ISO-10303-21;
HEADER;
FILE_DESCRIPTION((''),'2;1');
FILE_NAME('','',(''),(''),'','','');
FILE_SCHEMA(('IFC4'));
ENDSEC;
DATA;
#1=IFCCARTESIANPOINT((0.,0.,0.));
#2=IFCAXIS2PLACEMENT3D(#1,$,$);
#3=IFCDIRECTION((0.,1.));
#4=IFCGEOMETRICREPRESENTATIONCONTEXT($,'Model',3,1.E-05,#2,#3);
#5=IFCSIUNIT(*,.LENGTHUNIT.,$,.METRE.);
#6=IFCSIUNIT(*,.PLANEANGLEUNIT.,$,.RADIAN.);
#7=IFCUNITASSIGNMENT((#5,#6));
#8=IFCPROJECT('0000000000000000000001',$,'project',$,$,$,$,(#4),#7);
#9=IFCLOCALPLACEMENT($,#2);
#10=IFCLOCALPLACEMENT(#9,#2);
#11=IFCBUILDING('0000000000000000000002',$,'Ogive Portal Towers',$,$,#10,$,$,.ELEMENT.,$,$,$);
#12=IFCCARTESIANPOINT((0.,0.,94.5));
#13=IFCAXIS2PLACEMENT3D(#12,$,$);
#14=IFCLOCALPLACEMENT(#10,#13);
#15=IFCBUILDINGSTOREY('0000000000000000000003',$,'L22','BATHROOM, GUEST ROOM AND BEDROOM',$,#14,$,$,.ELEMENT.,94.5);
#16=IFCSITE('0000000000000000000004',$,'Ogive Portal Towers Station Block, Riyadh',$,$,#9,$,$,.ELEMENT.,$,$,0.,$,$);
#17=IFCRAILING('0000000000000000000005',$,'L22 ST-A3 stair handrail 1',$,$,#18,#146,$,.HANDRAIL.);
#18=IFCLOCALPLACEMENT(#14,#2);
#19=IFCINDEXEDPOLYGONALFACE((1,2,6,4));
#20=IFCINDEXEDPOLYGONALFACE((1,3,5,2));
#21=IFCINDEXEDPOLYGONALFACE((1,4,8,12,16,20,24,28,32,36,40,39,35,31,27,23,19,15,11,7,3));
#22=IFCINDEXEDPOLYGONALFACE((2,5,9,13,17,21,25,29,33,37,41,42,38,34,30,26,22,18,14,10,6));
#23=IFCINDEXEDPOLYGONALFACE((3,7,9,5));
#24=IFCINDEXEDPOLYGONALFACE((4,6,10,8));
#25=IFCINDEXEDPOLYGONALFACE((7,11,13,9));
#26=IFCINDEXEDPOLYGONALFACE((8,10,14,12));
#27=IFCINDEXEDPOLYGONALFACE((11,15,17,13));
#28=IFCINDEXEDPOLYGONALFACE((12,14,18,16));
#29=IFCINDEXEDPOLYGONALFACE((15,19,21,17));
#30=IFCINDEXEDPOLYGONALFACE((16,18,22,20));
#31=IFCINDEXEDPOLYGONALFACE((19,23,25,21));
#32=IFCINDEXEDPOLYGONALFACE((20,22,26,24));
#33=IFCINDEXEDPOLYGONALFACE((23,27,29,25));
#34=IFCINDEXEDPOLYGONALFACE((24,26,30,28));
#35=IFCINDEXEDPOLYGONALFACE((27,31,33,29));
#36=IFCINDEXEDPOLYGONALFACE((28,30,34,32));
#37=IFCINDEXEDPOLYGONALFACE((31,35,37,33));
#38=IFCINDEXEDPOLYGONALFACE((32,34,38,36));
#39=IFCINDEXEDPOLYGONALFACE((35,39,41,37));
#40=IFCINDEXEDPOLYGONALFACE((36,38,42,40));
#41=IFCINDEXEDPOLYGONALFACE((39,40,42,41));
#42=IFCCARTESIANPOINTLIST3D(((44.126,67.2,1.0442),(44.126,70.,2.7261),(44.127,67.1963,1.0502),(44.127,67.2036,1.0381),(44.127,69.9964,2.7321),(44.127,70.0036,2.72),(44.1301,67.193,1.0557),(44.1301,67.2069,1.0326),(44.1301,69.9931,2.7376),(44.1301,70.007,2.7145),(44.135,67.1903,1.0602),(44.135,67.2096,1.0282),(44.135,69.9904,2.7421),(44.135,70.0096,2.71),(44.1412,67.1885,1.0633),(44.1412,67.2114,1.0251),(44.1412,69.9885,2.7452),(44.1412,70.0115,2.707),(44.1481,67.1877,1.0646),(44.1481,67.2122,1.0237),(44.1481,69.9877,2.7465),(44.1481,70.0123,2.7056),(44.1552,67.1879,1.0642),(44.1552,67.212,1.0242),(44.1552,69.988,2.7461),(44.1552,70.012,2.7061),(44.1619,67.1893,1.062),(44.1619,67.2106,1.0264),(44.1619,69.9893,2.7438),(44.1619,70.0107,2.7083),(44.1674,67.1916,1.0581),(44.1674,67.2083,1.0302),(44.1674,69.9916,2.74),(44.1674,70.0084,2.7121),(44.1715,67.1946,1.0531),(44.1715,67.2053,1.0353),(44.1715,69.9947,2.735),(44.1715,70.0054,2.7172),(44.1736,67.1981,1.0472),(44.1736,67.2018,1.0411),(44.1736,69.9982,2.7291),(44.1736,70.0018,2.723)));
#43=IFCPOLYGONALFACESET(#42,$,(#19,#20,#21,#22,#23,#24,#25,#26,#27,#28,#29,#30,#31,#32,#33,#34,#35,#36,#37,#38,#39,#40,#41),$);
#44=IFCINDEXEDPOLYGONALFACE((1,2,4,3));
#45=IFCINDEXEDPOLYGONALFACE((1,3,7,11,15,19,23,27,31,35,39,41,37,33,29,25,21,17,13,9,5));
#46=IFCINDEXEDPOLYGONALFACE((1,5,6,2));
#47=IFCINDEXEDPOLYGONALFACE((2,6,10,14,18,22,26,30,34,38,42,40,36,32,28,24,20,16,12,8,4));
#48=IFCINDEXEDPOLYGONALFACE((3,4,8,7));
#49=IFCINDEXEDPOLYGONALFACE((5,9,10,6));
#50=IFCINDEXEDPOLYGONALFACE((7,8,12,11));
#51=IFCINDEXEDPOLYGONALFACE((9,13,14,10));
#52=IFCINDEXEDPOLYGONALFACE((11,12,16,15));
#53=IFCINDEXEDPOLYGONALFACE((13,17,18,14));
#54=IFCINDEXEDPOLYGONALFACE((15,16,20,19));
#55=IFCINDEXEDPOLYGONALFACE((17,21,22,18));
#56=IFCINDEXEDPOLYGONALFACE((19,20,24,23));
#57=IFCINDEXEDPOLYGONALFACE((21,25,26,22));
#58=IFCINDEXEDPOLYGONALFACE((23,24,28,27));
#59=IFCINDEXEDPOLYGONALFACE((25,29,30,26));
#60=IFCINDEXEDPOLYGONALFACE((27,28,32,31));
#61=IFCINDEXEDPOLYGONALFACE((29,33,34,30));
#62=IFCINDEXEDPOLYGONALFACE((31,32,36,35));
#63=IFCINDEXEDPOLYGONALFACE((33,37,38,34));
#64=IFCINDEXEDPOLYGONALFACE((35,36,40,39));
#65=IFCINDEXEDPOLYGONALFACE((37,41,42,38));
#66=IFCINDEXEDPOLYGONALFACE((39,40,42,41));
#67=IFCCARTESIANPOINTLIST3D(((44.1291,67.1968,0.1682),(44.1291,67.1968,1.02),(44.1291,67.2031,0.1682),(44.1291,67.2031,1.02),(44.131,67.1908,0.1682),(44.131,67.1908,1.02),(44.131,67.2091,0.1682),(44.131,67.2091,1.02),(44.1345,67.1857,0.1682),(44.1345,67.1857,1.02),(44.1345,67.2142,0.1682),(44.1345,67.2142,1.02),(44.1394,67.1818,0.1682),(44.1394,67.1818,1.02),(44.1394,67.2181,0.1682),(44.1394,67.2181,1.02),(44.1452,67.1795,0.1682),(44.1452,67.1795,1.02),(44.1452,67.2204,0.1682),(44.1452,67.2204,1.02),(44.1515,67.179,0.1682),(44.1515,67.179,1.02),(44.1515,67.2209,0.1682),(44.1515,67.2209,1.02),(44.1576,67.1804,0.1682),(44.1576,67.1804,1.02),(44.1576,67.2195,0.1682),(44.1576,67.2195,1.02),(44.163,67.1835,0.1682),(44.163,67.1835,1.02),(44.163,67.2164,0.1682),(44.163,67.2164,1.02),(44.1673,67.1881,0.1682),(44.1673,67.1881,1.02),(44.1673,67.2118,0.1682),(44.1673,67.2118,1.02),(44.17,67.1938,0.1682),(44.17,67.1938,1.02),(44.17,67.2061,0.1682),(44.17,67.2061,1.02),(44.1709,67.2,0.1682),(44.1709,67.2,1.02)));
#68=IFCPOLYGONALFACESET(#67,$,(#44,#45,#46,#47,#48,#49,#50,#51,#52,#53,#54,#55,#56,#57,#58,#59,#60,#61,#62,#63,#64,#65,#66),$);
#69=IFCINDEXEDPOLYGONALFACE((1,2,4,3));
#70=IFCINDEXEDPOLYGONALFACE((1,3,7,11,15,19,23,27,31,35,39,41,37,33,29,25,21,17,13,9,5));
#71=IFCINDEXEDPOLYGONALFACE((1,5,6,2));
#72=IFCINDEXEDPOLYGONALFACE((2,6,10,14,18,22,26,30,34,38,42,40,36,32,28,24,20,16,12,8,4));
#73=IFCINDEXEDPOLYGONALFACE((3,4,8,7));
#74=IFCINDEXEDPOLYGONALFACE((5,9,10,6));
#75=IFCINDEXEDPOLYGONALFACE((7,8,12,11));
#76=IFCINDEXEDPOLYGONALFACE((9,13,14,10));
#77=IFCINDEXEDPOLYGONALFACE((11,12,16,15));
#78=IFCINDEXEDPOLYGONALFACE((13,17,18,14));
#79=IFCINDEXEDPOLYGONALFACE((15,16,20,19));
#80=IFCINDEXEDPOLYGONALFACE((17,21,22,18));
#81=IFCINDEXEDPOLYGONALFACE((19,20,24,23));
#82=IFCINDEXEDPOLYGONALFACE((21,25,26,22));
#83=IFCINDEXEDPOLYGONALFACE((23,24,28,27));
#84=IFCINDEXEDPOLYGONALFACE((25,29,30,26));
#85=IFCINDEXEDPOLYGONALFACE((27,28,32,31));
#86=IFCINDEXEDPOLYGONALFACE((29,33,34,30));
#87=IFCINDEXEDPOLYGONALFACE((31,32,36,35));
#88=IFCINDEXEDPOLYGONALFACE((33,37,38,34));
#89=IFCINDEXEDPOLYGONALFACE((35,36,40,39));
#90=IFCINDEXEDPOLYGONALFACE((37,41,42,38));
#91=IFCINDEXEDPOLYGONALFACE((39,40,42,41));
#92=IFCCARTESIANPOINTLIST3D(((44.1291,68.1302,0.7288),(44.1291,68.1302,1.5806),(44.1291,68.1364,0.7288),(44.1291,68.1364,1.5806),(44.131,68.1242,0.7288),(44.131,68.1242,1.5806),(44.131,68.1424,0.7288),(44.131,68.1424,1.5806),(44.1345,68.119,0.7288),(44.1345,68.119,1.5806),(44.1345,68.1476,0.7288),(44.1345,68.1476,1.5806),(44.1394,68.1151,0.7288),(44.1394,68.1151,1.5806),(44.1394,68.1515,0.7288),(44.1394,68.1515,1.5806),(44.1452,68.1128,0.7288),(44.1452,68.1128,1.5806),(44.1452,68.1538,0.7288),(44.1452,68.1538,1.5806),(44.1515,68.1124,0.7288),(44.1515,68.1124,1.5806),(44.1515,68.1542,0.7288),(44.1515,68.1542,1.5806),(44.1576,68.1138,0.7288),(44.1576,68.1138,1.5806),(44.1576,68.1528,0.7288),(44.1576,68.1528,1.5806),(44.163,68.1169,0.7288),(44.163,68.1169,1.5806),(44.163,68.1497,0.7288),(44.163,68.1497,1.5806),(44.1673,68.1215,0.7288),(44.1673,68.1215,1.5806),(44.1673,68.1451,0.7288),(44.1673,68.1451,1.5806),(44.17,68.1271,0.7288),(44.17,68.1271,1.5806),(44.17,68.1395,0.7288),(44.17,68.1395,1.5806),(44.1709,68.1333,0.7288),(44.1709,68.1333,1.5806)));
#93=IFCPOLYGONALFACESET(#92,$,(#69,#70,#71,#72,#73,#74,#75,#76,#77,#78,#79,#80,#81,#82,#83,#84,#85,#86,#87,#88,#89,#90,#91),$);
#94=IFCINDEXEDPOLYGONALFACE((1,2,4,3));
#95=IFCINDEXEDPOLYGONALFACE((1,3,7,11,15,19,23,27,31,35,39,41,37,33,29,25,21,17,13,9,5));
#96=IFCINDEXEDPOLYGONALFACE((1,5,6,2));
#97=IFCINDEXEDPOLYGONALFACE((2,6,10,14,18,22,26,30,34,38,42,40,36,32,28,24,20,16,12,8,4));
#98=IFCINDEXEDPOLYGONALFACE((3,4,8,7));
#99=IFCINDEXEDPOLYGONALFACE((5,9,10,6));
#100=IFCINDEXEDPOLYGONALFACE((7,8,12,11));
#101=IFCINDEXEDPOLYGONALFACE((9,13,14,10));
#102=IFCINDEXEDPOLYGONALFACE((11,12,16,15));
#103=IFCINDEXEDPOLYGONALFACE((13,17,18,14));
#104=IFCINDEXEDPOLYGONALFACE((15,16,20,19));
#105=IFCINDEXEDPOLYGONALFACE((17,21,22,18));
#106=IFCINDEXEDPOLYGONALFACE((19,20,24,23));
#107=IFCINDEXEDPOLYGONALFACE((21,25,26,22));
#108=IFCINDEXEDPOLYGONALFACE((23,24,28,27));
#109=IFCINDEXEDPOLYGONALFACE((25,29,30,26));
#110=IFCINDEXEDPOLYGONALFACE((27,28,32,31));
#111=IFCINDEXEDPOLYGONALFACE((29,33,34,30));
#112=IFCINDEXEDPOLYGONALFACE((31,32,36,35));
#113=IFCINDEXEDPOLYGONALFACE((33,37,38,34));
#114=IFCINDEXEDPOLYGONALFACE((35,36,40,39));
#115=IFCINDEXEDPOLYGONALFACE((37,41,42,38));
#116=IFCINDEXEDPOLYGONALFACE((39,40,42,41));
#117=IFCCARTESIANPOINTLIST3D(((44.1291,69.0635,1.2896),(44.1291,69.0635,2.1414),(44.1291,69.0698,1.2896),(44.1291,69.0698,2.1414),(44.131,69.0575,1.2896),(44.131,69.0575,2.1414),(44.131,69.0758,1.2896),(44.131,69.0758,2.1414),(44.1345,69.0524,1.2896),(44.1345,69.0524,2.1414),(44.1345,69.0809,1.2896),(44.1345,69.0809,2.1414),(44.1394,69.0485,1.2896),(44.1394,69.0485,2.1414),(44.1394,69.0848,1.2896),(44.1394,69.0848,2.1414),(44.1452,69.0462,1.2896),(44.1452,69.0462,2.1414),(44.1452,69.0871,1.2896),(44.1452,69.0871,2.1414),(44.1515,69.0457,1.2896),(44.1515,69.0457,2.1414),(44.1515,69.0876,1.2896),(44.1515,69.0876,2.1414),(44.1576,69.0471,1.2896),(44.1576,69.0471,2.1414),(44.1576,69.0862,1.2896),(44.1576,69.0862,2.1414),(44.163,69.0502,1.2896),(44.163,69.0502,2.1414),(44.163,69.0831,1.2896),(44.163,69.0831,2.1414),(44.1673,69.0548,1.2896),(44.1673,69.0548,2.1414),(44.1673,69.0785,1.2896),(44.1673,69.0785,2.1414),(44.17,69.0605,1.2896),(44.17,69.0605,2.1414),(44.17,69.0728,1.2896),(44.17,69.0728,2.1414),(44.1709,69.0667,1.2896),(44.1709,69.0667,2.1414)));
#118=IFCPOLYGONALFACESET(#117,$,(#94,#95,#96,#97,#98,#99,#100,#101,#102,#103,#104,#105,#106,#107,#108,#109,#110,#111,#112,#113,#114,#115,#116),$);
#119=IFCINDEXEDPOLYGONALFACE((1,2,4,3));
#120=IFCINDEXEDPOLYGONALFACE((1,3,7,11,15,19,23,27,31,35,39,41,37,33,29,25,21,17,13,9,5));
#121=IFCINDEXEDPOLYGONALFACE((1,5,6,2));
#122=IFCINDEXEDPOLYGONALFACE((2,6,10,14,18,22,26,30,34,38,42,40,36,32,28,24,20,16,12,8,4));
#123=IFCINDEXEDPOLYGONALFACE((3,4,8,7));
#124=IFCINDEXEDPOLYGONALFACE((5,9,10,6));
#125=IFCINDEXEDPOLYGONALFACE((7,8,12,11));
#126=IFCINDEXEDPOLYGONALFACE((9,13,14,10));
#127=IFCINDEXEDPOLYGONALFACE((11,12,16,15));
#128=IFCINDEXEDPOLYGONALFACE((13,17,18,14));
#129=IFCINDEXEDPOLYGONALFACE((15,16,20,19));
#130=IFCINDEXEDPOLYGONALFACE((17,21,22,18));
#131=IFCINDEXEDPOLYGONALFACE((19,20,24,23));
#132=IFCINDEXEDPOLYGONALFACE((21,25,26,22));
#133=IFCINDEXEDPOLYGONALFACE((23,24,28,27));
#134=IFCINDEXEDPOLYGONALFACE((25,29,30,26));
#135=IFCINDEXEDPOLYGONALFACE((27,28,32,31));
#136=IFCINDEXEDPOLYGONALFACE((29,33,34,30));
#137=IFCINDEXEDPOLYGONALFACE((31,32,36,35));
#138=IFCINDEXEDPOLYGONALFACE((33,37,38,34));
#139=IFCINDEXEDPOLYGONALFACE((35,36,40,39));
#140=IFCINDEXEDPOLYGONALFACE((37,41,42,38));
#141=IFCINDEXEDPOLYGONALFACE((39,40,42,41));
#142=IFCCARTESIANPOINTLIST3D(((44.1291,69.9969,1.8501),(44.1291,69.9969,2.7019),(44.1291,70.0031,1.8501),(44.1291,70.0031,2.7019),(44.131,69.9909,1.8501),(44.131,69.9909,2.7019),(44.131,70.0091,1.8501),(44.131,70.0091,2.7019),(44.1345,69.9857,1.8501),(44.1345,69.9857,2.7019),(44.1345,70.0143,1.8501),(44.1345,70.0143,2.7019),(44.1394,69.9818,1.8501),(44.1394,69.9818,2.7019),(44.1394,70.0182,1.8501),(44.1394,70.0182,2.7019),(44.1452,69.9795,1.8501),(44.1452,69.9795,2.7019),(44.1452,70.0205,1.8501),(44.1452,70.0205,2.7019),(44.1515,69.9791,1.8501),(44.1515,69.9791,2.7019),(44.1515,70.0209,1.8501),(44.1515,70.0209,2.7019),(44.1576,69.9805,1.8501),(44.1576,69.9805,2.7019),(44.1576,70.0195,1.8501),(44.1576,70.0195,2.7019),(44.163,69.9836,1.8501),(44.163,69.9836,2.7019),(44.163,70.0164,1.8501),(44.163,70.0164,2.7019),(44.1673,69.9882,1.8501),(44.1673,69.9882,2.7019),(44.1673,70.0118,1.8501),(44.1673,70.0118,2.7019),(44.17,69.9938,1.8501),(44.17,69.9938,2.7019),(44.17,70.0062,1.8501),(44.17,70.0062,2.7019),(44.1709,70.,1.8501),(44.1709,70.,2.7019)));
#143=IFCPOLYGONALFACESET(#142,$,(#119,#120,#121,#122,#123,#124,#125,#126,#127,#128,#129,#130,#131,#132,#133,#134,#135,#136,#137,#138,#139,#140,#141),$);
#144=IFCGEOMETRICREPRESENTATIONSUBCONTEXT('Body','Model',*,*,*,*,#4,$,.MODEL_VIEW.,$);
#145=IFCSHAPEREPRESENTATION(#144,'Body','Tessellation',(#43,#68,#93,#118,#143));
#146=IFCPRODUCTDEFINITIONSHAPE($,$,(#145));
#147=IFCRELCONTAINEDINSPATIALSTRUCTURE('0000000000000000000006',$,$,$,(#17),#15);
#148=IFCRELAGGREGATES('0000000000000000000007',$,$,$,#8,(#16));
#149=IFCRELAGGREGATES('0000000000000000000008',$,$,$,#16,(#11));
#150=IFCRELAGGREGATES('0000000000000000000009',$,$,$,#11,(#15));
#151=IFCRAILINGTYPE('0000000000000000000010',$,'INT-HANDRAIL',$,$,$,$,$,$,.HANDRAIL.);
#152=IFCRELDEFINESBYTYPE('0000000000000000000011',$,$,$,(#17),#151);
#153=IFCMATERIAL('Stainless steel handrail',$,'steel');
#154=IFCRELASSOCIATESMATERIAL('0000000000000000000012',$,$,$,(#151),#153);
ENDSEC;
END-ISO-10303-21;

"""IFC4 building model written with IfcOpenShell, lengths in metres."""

from ifc_helpers import new_model, si_unit, direction, frame, origin, origin_2d, place, context, subcontext, project, spatial, circle, extrude, material, type_object, element, save


model = new_model("IFC4")

# Units and contexts
model_context = context("Model", 3, precision=1e-05, world=origin(), true_north=direction((0.0, 1.0)))
body_context = subcontext(model_context, "Body", "Model", "MODEL_VIEW")
ifc_project = project(units=[si_unit("LENGTHUNIT", "METRE"), si_unit("PLANEANGLEUNIT", "RADIAN")], contexts=[model_context])

# Site, building, storey
site_placement = place(None, origin())
site = spatial("IfcSite", under=ifc_project, at=site_placement, Name="Ogive Portal Towers Station Block, Riyadh", CompositionType="ELEMENT", RefElevation=0.0)
building_placement = place(site_placement, origin())
building = spatial("IfcBuilding", under=site, at=building_placement, Name="Ogive Portal Towers", CompositionType="ELEMENT")
storey_placement = place(building_placement, frame((0.0, 0.0, 94.5)))
storey = spatial("IfcBuildingStorey", under=building, at=storey_placement, Name="L22", Description="BATHROOM, GUEST ROOM AND BEDROOM", CompositionType="ELEMENT", Elevation=94.5)

# Railing
ifc_material_1 = material(Name="Stainless steel handrail", Category="steel")
railing_type_1 = type_object("IfcRailingType", Name="INT-HANDRAIL", PredefinedType="HANDRAIL", material=ifc_material_1)
railing_1_placement = place(storey_placement, frame((44.1499, 67.2, 0.1682)))
element("IfcRailing", 1, at=railing_1_placement, inside=storey, type_object=railing_type_1, Name="L22 ST-A3 stair handrail 1", PredefinedType="HANDRAIL", context=body_context, shape_type="SweptSolid", body=[
    extrude(circle(Radius=0.0239, at=origin_2d()), frame((0.0, 0.0, 0.876), z_axis=(0.0, 0.857242, 0.514913), x_axis=(-1.0, 0.0, 0.0)), (0.0, 0.0, 1.0), 3.2664),
    extrude(circle(Radius=0.021, at=origin_2d()), origin(), (0.0, 0.0, 1.0), 0.8518),
    extrude(circle(Radius=0.021, at=origin_2d()), frame((0.0, 0.9333, 0.5605)), (0.0, 0.0, 1.0), 0.8518),
    extrude(circle(Radius=0.021, at=origin_2d()), frame((0.0, 1.8667, 1.1213)), (0.0, 0.0, 1.0), 0.8518),
    extrude(circle(Radius=0.021, at=origin_2d()), frame((0.0, 2.8, 1.6819)), (0.0, 0.0, 1.0), 0.8518),
])

save(model, "model.ifc")
